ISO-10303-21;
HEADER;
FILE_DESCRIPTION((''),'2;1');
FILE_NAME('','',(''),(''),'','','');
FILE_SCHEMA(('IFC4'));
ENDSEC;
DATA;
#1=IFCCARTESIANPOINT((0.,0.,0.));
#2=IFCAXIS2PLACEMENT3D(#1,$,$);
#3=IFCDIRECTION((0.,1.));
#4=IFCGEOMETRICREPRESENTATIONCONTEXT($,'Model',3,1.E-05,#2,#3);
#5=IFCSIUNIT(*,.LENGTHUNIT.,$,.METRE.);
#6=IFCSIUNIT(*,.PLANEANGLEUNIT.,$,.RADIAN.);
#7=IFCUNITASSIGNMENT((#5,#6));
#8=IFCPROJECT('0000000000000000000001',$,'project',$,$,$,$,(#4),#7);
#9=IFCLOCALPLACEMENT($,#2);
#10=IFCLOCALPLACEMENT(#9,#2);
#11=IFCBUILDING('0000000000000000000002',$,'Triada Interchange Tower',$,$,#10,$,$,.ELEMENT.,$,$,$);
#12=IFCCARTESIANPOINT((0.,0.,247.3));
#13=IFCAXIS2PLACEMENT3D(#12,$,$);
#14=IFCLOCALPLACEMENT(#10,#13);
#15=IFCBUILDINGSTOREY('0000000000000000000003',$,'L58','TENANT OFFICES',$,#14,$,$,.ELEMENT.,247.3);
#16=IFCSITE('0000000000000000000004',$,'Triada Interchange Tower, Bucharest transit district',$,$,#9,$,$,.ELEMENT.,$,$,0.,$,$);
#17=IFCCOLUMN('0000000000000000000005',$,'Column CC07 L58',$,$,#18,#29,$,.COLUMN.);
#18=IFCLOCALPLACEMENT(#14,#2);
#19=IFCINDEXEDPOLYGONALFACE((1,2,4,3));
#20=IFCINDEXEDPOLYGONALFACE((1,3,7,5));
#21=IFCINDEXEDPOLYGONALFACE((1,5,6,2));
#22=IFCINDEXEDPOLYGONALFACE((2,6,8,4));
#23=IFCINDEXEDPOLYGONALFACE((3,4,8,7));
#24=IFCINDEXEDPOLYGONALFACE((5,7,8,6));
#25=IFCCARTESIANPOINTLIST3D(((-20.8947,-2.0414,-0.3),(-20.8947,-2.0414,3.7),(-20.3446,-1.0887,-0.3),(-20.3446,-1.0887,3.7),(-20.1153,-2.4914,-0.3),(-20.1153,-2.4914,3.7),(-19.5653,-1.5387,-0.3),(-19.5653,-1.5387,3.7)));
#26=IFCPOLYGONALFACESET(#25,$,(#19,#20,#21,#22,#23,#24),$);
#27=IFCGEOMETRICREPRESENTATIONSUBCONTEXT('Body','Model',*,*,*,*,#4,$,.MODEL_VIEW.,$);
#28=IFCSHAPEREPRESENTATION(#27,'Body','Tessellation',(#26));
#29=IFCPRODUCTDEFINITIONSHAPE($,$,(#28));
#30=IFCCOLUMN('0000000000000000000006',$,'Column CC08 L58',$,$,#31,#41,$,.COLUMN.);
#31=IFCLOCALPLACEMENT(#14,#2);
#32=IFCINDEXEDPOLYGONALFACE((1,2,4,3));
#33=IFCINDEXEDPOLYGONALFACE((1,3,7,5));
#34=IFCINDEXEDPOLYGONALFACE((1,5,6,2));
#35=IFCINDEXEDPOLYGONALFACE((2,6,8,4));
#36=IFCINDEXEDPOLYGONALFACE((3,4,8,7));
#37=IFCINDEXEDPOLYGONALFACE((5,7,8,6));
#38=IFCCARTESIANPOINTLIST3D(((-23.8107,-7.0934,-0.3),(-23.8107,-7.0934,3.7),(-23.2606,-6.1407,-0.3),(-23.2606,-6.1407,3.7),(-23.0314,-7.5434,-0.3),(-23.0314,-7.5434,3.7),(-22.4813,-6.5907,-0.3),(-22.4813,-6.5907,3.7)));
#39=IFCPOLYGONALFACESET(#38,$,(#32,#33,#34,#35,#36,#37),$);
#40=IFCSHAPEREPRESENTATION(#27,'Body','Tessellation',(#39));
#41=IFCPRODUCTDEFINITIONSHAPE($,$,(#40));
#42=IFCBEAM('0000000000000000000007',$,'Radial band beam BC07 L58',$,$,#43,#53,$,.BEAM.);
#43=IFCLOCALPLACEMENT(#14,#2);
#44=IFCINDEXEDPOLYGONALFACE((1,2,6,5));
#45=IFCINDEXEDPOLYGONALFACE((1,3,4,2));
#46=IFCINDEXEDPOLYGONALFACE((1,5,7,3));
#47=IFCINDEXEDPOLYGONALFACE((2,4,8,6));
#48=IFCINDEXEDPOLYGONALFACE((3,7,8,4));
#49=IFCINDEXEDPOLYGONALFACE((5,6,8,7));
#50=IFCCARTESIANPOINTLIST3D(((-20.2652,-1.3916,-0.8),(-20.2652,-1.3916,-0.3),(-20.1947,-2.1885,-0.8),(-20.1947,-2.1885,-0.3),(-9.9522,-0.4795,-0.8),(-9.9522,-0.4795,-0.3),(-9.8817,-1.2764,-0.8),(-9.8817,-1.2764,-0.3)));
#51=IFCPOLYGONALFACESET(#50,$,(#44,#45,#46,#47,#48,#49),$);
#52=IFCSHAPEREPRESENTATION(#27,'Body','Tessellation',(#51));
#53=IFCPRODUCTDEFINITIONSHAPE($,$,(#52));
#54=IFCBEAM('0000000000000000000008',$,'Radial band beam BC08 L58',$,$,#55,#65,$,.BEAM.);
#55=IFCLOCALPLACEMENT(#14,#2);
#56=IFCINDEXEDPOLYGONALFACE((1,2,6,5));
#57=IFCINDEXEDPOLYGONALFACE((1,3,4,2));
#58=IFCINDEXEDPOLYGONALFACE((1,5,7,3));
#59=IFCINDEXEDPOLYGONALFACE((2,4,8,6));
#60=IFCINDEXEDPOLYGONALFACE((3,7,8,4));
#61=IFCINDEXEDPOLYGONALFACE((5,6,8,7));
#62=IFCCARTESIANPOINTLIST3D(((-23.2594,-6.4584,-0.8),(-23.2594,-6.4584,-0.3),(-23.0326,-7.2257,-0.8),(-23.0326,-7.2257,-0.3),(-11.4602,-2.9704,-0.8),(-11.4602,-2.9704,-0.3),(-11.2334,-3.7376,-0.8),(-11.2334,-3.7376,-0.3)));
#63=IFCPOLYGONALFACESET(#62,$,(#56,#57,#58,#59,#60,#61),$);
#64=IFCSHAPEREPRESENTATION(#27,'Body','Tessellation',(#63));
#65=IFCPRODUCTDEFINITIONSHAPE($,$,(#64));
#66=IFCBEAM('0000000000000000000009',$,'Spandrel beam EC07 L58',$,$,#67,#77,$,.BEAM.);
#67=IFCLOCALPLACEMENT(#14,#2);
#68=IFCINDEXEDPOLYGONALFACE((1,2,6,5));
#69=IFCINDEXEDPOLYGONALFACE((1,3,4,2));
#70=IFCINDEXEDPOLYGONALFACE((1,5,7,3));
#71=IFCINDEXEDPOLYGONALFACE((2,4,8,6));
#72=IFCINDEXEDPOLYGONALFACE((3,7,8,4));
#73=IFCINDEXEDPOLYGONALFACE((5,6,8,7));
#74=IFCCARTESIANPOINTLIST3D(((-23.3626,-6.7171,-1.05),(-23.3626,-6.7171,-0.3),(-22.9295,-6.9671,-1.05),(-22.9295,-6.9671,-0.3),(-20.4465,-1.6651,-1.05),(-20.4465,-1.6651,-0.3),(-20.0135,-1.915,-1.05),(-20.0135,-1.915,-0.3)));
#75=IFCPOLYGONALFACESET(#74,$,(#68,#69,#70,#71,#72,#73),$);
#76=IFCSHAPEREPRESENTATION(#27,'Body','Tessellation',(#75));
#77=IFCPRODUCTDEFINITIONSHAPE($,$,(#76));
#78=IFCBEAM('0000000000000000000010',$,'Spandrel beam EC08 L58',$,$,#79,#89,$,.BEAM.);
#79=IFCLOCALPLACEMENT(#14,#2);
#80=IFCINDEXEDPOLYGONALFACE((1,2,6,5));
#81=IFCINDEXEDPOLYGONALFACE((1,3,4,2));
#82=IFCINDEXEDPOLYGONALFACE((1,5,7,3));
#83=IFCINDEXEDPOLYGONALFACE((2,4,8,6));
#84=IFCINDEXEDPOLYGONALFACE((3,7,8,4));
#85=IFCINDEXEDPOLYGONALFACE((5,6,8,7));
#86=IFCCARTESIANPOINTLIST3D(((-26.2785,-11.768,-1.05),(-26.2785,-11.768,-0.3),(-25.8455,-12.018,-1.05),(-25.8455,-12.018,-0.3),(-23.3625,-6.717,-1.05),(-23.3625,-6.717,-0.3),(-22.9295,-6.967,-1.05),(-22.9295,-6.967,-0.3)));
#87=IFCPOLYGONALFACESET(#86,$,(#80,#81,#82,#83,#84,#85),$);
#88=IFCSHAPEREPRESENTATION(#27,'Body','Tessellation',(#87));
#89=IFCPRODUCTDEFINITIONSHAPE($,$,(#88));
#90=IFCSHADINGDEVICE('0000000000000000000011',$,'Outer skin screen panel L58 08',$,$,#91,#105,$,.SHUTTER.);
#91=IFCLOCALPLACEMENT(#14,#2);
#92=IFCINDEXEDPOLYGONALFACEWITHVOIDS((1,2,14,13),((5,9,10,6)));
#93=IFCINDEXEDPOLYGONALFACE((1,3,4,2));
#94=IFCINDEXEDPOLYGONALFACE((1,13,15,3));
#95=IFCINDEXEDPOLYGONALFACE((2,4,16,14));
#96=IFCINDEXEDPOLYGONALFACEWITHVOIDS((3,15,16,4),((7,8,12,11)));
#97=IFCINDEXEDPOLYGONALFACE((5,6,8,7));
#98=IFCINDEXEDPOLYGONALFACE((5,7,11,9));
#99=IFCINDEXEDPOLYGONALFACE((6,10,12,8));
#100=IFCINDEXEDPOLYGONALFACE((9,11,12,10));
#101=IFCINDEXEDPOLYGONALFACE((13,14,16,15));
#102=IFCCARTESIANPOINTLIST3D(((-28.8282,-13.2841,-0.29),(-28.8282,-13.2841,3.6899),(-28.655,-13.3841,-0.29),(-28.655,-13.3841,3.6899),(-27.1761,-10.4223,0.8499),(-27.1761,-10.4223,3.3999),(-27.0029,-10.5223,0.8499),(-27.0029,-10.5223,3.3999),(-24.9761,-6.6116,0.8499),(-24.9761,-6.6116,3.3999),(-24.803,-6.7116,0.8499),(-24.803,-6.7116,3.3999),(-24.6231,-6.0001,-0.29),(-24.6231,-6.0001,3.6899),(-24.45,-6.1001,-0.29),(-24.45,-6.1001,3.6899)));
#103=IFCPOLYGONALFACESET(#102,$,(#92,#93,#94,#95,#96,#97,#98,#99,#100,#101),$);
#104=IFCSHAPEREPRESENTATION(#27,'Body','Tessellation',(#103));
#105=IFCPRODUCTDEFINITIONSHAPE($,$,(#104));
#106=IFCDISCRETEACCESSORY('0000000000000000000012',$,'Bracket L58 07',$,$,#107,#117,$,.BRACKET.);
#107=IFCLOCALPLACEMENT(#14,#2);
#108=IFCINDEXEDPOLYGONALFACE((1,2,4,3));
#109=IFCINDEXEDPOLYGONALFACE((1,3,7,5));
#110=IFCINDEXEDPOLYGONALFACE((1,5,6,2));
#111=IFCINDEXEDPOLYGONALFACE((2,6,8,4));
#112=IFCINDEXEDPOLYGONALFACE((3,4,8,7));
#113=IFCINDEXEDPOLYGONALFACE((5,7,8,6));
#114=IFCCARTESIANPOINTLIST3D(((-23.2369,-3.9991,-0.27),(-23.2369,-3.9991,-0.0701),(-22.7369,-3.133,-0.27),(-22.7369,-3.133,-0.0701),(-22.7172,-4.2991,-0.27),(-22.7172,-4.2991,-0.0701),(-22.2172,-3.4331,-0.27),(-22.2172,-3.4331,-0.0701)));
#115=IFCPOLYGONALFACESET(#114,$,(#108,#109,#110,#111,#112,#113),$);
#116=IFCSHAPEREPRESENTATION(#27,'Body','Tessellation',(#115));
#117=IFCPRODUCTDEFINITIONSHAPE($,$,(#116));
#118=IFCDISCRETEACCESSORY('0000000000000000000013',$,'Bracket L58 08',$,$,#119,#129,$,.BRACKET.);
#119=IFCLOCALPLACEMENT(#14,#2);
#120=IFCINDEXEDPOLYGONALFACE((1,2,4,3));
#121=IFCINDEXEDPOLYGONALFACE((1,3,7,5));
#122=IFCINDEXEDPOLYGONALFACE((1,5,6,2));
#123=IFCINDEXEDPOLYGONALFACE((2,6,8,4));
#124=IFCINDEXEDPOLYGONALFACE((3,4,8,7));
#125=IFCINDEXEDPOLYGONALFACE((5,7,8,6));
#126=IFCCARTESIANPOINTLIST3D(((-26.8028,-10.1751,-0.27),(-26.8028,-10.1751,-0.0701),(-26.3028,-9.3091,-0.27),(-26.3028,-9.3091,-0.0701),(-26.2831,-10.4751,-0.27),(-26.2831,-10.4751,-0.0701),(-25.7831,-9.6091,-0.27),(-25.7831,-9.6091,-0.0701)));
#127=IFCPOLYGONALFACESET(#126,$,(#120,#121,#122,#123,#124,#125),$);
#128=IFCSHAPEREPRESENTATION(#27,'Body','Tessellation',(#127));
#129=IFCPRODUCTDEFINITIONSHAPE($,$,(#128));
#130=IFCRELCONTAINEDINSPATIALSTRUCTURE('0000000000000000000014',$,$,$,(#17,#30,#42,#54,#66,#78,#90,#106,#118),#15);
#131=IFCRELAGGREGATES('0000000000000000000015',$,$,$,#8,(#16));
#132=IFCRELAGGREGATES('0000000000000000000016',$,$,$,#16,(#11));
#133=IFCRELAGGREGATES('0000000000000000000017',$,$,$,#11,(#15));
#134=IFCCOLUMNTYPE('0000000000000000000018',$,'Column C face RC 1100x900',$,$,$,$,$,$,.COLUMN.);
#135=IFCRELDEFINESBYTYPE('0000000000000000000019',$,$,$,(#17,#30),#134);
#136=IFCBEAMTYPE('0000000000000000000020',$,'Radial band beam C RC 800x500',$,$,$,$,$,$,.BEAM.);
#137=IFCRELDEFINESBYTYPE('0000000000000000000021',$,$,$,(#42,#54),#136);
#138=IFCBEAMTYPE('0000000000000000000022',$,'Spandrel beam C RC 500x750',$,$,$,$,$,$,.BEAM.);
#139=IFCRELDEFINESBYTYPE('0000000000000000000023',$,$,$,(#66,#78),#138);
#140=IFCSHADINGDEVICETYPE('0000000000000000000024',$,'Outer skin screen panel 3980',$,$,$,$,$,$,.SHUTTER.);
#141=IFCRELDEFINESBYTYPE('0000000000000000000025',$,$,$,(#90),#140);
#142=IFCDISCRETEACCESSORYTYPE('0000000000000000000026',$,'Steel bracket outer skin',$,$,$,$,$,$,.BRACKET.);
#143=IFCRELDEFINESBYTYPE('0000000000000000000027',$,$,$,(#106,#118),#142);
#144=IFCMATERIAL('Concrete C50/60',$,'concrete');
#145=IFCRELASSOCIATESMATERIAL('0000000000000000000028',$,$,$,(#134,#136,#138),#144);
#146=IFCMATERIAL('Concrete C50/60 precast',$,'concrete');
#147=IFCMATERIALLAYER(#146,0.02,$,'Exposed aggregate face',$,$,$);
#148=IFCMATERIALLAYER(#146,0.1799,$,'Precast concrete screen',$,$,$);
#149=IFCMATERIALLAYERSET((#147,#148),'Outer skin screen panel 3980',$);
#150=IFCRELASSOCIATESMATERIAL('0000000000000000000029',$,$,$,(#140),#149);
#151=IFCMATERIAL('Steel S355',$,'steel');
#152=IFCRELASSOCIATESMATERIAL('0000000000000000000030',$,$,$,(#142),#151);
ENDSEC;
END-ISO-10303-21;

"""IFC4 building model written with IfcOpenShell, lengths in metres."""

from ifc_helpers import new_model, si_unit, direction, frame, origin, origin_2d, place, context, subcontext, project, spatial, polyline, rectangle, outline, extrude, material, layer, layer_set, material_profile, profile_set, type_object, element, save


model = new_model("IFC4")

# Units and contexts
model_context = context("Model", 3, precision=1e-05, world=origin(), true_north=direction((0.0, 1.0)))
body_context = subcontext(model_context, "Body", "Model", "MODEL_VIEW")
ifc_project = project(units=[si_unit("LENGTHUNIT", "METRE"), si_unit("PLANEANGLEUNIT", "RADIAN")], contexts=[model_context])

# Site, building, storey
site_placement = place(None, origin())
site = spatial("IfcSite", under=ifc_project, at=site_placement, Name="Triada Interchange Tower, Bucharest transit district", CompositionType="ELEMENT", RefElevation=0.0)
building_placement = place(site_placement, origin())
building = spatial("IfcBuilding", under=site, at=building_placement, Name="Triada Interchange Tower", CompositionType="ELEMENT")
storey_placement = place(building_placement, frame((0.0, 0.0, 247.3)))
storey = spatial("IfcBuildingStorey", under=building, at=storey_placement, Name="L58", Description="TENANT OFFICES", CompositionType="ELEMENT", Elevation=247.3)

# Columns
ifc_material_1 = material(Name="Concrete C50/60", Category="concrete")
ifc_material_profile_1 = material_profile(ifc_material_1, rectangle(XDim=1.1001, YDim=0.8999, at=origin_2d()), Name="RC 1100x900")
ifc_profile_set_1 = profile_set([ifc_material_profile_1], Name="Concrete C50/60")
column_type = type_object("IfcColumnType", Name="Column C face RC 1100x900", PredefinedType="COLUMN", material=ifc_profile_set_1)
for number, where, z_axis, x_axis, name in (
    (1, (-20.23, -1.79, -0.3), (0.0, 0.0, 1.0), (0.5, 0.866025, 0.0), "Column CC07 L58"),
    (2, (-23.146, -6.842, -0.3), (0.0, 0.0, 1.0), (0.5, 0.866025, 0.0), "Column CC08 L58"),
):
    element("IfcColumn", number, at=place(storey_placement, frame(where, z_axis=z_axis, x_axis=x_axis)), inside=storey, type_object=column_type, Name=name, PredefinedType="COLUMN", context=body_context, shape_type="SweptSolid", body=[
        extrude(rectangle(XDim=1.1001, YDim=0.8999, at=origin_2d()), origin(), (0.0, 0.0, 1.0), 4.0),
    ])

# Beams
ifc_material_profile_2 = material_profile(ifc_material_1, rectangle(XDim=0.8, YDim=0.5, at=origin_2d()), Name="RC 800x500")
ifc_profile_set_2 = profile_set([ifc_material_profile_2], Name="Concrete C50/60")
beam_type_1 = type_object("IfcBeamType", Name="Radial band beam C RC 800x500", PredefinedType="BEAM", material=ifc_profile_set_2)
beam_1_placement = place(storey_placement, frame((-20.23, -1.79, -0.55), z_axis=(0.996112, 0.088099, 0.0), x_axis=(-0.088099, 0.996112, 0.0)))
element("IfcBeam", 3, at=beam_1_placement, inside=storey, type_object=beam_type_1, Name="Radial band beam BC07 L58", PredefinedType="BEAM", context=body_context, shape_type="SweptSolid", body=[
    extrude(rectangle(XDim=0.8, YDim=0.5, at=origin_2d()), origin(), (0.0, 0.0, 1.0), 10.3533),
])
beam_2_placement = place(storey_placement, frame((-23.146, -6.842, -0.55), z_axis=(0.958975, 0.283492, 0.0), x_axis=(-0.283492, 0.958975, 0.0)))
element("IfcBeam", 4, at=beam_2_placement, inside=storey, type_object=beam_type_1, Name="Radial band beam BC08 L58", PredefinedType="BEAM", context=body_context, shape_type="SweptSolid", body=[
    extrude(rectangle(XDim=0.8, YDim=0.5, at=origin_2d()), origin(), (0.0, 0.0, 1.0), 12.304),
])
ifc_material_profile_3 = material_profile(ifc_material_1, rectangle(XDim=0.5, YDim=0.75, at=origin_2d()), Name="RC 500x750")
ifc_profile_set_3 = profile_set([ifc_material_profile_3], Name="Concrete C50/60")
beam_type_2 = type_object("IfcBeamType", Name="Spandrel beam C RC 500x750", PredefinedType="BEAM", material=ifc_profile_set_3)
beam_3_placement = place(storey_placement, frame((-20.23, -1.79, -0.675), z_axis=(-0.499902, -0.866082, 0.0), x_axis=(0.866082, -0.499902, 0.0)))
element("IfcBeam", 5, at=beam_3_placement, inside=storey, type_object=beam_type_2, Name="Spandrel beam EC07 L58", PredefinedType="BEAM", context=body_context, shape_type="SweptSolid", body=[
    extrude(rectangle(XDim=0.5, YDim=0.75, at=origin_2d()), origin(), (0.0, 0.0, 1.0), 5.8333),
])
beam_4_placement = place(storey_placement, frame((-23.146, -6.842, -0.675), z_axis=(-0.499975, -0.86604, 0.0), x_axis=(0.86604, -0.499975, 0.0)))
element("IfcBeam", 6, at=beam_4_placement, inside=storey, type_object=beam_type_2, Name="Spandrel beam EC08 L58", PredefinedType="BEAM", context=body_context, shape_type="SweptSolid", body=[
    extrude(rectangle(XDim=0.5, YDim=0.75, at=origin_2d()), origin(), (0.0, 0.0, 1.0), 5.8323),
])

# Shading device
ifc_material_2 = material(Name="Concrete C50/60 precast", Category="concrete")
ifc_layer_1 = layer(ifc_material_2, 0.02, Name="Exposed aggregate face")
ifc_layer_2 = layer(ifc_material_2, 0.1799, Name="Precast concrete screen")
ifc_layer_set = layer_set([ifc_layer_1, ifc_layer_2], Name="Outer skin screen panel 3980")
shading_device_type = type_object("IfcShadingDeviceType", Name="Outer skin screen panel 3980", PredefinedType="SHUTTER", material=ifc_layer_set)
shading_device_placement = place(storey_placement, frame((-24.45, -6.1001, -0.29), z_axis=(0.0, 0.0, 1.0), x_axis=(-0.499973, -0.866041, 0.0)))
element("IfcShadingDevice", 7, at=shading_device_placement, inside=storey, type_object=shading_device_type, Name="Outer skin screen panel L58 08", PredefinedType="SHUTTER", context=body_context, shape_type="SweptSolid", body=[
    extrude(outline(polyline([(0.0, 0.0), (8.4106, 0.0), (8.4106, 3.98), (0.0, 3.98), (0.0, 0.0)]), holes=[polyline([(0.7061, 1.1399), (0.7061, 3.6899), (5.1062, 3.6899), (5.1062, 1.1399), (0.7061, 1.1399)])]), frame((0.0, 0.0, 0.0), z_axis=(0.0, -1.0, 0.0), x_axis=(1.0, 0.0, 0.0)), (0.0, 0.0, 1.0), 0.2),
])

# Discrete accessories
ifc_material_3 = material(Name="Steel S355", Category="steel")
discrete_accessory_type = type_object("IfcDiscreteAccessoryType", Name="Steel bracket outer skin", PredefinedType="BRACKET", material=ifc_material_3)
for number, where, z_axis, x_axis, name in (
    (8, (-22.7271, -3.7161, -0.27), (0.0, 0.0, 1.0), (-0.86603, 0.499991, 0.0), "Bracket L58 07"),
    (9, (-26.293, -9.8921, -0.27), (0.0, 0.0, 1.0), (-0.86603, 0.499991, 0.0), "Bracket L58 08"),
):
    element("IfcDiscreteAccessory", number, at=place(storey_placement, frame(where, z_axis=z_axis, x_axis=x_axis)), inside=storey, type_object=discrete_accessory_type, Name=name, PredefinedType="BRACKET", context=body_context, shape_type="SweptSolid", body=[
        extrude(rectangle(XDim=0.6001, YDim=1.0, at=origin_2d()), origin(), (0.0, 0.0, 1.0), 0.2),
    ])

save(model, "model.ifc")
